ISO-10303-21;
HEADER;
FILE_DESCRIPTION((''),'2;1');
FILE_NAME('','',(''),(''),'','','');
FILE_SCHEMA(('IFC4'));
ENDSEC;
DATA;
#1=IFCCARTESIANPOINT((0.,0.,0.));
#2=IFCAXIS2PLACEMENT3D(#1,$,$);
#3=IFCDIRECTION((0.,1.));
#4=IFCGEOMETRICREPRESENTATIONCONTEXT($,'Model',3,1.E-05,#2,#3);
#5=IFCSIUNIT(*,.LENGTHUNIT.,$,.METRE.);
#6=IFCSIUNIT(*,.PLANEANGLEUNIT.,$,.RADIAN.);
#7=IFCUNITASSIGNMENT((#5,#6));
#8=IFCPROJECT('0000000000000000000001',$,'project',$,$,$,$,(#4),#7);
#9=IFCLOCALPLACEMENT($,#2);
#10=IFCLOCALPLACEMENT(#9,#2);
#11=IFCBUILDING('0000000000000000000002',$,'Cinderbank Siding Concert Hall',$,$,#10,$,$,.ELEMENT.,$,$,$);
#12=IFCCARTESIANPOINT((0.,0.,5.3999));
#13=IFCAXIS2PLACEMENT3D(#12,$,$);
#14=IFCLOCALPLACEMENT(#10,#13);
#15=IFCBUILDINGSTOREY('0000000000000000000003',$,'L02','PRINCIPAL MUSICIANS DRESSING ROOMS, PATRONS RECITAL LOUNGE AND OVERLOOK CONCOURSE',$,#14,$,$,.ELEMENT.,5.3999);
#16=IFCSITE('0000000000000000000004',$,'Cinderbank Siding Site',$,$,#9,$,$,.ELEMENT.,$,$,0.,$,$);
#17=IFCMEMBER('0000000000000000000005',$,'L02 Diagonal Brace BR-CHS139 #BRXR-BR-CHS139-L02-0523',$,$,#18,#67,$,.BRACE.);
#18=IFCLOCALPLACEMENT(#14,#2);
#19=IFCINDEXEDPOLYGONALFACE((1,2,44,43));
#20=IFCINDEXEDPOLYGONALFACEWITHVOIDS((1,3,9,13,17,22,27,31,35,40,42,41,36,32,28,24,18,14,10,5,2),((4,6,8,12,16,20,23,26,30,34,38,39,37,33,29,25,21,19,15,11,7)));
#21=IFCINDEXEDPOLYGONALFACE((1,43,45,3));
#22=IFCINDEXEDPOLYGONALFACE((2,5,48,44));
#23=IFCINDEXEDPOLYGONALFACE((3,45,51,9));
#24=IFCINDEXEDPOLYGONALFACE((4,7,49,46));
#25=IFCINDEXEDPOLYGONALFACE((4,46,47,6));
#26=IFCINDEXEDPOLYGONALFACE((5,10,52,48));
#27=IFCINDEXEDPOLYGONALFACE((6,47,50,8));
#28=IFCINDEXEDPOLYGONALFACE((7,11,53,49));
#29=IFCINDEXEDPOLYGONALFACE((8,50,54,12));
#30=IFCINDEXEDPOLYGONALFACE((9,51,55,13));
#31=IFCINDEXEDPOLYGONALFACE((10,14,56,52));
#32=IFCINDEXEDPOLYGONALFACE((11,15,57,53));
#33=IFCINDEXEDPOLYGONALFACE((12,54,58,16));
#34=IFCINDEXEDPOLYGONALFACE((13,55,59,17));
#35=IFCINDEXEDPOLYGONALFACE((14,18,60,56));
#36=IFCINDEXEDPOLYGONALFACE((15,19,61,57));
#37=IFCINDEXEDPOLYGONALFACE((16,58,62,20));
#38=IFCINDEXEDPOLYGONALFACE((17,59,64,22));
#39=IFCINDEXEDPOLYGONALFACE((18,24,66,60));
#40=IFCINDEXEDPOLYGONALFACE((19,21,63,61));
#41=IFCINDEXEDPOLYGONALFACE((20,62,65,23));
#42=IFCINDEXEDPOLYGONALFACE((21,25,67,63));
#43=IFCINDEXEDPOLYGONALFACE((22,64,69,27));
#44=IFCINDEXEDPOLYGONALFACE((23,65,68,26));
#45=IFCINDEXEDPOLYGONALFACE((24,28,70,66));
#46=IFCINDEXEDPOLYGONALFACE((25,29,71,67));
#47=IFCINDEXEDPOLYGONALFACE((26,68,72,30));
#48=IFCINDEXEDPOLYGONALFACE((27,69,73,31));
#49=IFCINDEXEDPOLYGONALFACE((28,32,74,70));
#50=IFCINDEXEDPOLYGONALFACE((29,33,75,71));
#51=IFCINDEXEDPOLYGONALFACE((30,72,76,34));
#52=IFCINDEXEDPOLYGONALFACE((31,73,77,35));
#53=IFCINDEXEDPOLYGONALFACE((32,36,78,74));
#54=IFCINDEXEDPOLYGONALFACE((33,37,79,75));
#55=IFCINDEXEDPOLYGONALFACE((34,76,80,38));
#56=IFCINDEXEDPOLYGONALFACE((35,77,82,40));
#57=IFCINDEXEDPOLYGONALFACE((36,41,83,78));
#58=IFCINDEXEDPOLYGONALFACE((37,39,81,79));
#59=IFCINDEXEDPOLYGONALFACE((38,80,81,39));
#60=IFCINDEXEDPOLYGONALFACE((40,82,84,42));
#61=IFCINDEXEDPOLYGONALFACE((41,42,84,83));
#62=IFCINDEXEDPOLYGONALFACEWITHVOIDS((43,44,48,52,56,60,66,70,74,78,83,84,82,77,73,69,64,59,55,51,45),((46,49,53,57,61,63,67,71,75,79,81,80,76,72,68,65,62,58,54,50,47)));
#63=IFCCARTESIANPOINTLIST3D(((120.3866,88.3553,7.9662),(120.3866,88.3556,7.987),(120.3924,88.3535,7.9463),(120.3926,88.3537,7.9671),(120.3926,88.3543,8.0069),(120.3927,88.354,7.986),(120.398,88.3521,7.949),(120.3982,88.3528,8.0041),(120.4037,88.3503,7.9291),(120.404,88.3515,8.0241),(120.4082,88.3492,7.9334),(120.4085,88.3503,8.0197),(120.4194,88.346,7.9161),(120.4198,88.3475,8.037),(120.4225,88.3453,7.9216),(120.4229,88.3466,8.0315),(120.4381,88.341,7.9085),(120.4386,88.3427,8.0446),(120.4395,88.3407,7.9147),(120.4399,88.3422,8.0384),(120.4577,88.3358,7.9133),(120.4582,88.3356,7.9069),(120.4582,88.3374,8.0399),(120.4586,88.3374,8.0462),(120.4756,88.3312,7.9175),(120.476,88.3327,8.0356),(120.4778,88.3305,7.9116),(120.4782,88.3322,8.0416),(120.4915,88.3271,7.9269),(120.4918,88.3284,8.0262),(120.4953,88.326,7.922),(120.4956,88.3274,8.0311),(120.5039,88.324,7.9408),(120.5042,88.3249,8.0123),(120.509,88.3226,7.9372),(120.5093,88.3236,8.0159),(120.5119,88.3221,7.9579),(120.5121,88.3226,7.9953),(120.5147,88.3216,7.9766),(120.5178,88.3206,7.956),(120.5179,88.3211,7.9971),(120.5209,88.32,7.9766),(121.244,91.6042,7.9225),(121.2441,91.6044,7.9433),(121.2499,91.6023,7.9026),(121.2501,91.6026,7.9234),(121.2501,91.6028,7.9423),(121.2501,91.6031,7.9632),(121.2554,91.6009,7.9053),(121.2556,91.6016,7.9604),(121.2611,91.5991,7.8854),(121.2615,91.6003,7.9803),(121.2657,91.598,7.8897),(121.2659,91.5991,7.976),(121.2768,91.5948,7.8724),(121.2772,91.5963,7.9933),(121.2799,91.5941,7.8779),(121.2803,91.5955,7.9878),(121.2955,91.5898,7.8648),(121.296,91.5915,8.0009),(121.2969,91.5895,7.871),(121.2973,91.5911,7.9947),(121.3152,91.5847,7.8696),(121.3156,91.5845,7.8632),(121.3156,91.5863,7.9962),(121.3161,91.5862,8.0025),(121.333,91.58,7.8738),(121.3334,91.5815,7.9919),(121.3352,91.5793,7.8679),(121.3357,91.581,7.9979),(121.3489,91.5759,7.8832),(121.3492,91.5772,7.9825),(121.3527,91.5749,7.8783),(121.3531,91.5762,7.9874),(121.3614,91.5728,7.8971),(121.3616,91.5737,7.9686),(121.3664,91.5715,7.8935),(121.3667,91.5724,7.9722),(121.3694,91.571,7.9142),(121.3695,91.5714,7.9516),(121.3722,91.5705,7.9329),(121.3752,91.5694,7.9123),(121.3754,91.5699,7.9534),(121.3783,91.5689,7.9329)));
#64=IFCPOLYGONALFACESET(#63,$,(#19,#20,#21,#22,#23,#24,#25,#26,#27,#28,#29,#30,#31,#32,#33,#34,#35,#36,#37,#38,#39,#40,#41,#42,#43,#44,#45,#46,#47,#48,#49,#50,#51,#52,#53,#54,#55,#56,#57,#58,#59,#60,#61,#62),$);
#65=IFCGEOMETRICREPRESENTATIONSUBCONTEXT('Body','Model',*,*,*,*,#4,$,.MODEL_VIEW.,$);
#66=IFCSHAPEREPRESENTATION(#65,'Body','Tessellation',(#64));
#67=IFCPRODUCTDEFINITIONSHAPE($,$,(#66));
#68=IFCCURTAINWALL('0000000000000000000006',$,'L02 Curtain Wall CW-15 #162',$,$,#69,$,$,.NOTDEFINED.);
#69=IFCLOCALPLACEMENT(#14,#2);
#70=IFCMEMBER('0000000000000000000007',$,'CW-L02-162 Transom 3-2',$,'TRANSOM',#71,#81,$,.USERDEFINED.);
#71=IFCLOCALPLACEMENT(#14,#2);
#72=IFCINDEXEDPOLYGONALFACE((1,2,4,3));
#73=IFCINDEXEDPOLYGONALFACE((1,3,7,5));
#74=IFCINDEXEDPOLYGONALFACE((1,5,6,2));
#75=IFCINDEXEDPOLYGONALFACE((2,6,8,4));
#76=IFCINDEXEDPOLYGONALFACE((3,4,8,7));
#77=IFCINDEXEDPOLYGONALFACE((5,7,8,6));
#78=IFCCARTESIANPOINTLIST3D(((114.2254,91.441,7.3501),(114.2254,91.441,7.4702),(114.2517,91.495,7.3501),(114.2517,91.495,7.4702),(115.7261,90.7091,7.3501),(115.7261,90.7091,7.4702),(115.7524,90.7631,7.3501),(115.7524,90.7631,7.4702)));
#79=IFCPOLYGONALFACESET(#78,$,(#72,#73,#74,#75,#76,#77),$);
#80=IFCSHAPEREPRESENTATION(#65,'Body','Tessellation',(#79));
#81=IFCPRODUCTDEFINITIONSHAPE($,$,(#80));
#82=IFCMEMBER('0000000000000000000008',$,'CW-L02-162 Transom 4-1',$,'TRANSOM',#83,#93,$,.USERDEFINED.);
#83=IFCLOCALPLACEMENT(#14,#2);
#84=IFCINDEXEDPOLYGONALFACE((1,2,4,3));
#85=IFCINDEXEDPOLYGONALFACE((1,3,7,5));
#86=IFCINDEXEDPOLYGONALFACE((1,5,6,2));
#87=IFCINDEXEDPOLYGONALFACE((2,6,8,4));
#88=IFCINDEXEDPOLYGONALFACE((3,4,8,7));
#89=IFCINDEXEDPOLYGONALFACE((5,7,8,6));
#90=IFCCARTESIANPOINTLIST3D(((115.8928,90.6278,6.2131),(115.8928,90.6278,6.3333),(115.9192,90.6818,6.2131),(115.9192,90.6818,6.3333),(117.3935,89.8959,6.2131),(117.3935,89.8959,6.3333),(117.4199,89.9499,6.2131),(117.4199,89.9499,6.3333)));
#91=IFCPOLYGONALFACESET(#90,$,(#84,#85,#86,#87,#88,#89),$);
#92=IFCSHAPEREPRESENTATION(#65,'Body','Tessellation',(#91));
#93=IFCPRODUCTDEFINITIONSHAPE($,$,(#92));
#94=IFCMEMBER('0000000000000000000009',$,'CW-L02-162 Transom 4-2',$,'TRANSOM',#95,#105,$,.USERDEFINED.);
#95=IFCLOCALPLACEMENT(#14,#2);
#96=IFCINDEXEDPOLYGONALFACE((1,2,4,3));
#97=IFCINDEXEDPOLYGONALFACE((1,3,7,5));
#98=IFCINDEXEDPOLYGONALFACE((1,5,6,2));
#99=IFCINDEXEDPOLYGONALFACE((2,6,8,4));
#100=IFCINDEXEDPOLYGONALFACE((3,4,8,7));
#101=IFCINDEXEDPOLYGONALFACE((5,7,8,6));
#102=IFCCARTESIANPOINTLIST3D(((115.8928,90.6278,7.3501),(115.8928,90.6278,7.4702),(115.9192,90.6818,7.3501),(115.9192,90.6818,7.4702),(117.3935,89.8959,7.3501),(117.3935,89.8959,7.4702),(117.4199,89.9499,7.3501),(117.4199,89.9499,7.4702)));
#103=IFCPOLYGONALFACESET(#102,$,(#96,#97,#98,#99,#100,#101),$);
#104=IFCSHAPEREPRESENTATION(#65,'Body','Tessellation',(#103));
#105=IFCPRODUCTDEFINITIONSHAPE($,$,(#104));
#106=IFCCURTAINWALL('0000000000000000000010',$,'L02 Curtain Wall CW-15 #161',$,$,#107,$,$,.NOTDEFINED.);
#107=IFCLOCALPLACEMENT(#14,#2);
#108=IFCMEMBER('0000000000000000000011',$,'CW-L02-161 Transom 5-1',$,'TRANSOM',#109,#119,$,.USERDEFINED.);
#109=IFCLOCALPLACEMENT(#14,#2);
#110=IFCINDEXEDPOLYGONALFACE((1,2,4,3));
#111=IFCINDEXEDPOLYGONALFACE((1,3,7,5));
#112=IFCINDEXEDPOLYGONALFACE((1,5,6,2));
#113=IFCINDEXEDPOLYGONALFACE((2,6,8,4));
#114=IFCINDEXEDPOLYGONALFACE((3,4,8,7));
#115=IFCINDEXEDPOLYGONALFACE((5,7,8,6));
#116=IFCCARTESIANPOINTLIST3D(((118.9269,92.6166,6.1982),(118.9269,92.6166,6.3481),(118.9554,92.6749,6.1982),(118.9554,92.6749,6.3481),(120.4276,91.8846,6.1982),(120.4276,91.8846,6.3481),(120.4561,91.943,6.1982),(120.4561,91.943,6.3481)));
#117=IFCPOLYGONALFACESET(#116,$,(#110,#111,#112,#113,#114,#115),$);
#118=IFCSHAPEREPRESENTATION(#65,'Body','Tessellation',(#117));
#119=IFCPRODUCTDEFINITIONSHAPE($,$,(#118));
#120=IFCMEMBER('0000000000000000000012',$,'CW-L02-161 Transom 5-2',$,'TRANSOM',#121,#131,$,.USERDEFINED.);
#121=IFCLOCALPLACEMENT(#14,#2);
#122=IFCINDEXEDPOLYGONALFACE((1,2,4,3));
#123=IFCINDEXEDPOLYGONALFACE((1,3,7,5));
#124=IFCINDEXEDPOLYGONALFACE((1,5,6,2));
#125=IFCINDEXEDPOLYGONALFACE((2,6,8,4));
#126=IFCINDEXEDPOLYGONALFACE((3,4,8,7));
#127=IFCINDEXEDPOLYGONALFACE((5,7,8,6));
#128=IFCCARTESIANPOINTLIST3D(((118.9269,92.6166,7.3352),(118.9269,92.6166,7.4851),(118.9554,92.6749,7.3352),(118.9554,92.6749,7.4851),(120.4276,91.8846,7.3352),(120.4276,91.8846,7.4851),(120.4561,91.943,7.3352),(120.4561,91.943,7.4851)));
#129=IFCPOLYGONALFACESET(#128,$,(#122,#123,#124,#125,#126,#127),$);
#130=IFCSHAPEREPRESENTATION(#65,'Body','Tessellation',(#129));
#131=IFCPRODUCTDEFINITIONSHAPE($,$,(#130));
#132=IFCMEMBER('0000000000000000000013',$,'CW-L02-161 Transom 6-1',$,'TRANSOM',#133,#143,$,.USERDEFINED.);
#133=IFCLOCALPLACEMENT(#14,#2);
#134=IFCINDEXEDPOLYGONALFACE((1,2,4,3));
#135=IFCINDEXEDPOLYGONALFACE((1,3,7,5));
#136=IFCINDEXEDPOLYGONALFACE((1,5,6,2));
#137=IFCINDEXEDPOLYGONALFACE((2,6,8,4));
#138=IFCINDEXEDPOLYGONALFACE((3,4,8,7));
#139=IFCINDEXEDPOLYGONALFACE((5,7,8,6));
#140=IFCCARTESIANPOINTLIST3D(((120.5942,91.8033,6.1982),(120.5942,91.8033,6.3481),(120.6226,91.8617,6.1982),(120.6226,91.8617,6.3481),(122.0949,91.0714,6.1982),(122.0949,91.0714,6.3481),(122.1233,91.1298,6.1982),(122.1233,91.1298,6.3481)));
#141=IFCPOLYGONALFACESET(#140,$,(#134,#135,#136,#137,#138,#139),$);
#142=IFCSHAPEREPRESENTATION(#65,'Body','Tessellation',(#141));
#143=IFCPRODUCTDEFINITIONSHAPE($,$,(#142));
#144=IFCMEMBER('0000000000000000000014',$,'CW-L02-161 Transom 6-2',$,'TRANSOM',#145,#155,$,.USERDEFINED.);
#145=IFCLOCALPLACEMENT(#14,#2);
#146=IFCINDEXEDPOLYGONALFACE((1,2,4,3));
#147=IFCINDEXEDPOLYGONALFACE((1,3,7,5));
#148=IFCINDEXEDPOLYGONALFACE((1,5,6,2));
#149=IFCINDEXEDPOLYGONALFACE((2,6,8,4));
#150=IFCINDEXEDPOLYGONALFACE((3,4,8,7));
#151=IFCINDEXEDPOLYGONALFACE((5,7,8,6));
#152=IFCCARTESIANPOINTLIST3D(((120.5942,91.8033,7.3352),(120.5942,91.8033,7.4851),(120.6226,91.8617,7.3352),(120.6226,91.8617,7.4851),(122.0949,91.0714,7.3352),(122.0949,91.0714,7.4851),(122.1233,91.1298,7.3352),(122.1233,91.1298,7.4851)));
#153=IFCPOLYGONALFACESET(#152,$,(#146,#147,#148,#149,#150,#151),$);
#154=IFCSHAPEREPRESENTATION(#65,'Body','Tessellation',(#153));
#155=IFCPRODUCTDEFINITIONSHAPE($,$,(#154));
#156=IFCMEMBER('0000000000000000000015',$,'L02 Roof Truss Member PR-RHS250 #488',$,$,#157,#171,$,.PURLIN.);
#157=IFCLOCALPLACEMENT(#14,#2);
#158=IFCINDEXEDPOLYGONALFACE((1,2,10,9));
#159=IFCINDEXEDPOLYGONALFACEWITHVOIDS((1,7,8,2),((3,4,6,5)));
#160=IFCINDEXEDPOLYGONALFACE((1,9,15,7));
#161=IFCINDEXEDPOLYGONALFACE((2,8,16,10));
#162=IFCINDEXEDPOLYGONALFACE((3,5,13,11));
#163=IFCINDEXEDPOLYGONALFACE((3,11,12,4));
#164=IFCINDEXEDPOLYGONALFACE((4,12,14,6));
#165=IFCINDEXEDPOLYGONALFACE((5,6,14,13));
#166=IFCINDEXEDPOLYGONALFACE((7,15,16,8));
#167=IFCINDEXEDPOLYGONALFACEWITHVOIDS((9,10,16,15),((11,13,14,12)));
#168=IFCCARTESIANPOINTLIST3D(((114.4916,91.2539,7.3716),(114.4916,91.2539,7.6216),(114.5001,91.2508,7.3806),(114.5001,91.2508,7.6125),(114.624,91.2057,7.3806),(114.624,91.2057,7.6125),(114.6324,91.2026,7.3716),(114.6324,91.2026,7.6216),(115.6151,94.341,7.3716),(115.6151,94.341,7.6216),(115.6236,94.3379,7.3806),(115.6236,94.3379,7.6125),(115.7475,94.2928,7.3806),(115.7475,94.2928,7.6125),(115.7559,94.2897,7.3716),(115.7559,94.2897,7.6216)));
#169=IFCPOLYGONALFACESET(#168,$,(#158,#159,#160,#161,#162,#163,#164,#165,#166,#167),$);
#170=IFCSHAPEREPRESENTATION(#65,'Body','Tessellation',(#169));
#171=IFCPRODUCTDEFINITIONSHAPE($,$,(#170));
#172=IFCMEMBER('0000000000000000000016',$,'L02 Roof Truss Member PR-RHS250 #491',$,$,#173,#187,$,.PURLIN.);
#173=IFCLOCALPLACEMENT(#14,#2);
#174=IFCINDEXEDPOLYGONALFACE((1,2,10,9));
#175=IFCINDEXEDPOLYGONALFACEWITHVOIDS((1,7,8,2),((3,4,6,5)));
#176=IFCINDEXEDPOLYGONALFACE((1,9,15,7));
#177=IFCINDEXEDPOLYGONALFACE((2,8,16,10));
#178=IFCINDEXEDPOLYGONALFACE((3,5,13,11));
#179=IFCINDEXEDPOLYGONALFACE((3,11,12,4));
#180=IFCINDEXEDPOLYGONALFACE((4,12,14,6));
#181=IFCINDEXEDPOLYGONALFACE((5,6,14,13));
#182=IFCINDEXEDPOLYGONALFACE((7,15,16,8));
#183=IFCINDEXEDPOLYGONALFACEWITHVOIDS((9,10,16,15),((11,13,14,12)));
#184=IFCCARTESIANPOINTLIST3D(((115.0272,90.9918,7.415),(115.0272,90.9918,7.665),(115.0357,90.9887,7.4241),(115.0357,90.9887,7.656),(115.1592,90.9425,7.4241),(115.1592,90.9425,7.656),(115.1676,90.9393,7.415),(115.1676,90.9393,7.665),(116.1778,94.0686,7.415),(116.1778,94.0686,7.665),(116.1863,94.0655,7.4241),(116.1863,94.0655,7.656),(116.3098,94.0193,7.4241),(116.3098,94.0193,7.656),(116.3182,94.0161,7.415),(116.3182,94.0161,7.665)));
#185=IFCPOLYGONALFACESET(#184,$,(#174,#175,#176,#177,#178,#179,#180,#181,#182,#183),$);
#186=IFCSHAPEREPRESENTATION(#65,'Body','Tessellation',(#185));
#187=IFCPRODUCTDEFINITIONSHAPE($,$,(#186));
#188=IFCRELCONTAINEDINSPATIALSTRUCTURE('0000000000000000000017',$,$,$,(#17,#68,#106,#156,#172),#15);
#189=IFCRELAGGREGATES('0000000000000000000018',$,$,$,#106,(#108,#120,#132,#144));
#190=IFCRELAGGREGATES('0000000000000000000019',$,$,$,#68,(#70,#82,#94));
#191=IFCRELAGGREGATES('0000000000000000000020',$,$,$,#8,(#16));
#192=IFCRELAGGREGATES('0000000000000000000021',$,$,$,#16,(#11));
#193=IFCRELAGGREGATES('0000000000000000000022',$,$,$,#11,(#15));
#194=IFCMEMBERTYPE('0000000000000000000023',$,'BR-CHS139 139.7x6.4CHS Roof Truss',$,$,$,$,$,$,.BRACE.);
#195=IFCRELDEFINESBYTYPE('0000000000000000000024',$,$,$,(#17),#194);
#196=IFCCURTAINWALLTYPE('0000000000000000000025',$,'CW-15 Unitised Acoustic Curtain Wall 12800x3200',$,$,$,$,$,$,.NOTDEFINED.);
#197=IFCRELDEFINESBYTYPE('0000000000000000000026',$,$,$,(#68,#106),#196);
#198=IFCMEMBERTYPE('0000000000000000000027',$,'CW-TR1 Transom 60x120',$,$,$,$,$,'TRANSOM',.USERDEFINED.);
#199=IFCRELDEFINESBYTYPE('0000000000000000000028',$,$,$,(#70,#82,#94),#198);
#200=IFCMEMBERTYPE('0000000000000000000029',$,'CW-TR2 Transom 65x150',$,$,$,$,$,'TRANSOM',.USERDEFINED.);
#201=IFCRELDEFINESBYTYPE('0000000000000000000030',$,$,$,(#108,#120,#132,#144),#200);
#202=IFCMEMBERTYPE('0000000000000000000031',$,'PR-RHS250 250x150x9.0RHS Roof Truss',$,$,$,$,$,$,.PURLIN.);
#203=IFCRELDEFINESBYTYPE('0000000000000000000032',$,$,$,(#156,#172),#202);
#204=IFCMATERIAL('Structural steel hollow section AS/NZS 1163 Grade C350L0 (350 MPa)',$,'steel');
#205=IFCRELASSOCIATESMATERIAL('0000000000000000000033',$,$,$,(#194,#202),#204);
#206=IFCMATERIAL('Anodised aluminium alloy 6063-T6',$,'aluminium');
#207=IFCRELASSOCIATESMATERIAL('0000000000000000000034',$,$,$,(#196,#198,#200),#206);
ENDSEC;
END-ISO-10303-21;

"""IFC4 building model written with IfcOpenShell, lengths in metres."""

from ifc_helpers import new_model, si_unit, direction, frame, origin, origin_2d, place, context, subcontext, project, spatial, rectangle, hollow_rectangle, hollow_circle, extrude, material, material_profile, profile_set, type_object, element, aggregate, save


model = new_model("IFC4")

# Units and contexts
model_context = context("Model", 3, precision=1e-05, world=origin(), true_north=direction((0.0, 1.0)))
body_context = subcontext(model_context, "Body", "Model", "MODEL_VIEW")
ifc_project = project(units=[si_unit("LENGTHUNIT", "METRE"), si_unit("PLANEANGLEUNIT", "RADIAN")], contexts=[model_context])

# Site, building, storey
site_placement = place(None, origin())
site = spatial("IfcSite", under=ifc_project, at=site_placement, Name="Cinderbank Siding Site", CompositionType="ELEMENT", RefElevation=0.0)
building_placement = place(site_placement, origin())
building = spatial("IfcBuilding", under=site, at=building_placement, Name="Cinderbank Siding Concert Hall", CompositionType="ELEMENT")
storey_placement = place(building_placement, frame((0.0, 0.0, 5.3999)))
storey = spatial("IfcBuildingStorey", under=building, at=storey_placement, Name="L02", Description="PRINCIPAL MUSICIANS DRESSING ROOMS, PATRONS RECITAL LOUNGE AND OVERLOOK CONCOURSE", CompositionType="ELEMENT", Elevation=5.3999)

# Member
ifc_material_1 = material(Name="Structural steel hollow section AS/NZS 1163 Grade C350L0 (350 MPa)", Category="steel")
ifc_material_profile_1 = material_profile(ifc_material_1, hollow_circle(Radius=0.0698, WallThickness=0.0063, at=origin_2d()), Name="139.7x6.4CHS", Category="LoadBearing")
ifc_profile_set_1 = profile_set([ifc_material_profile_1], Name="Structural steel hollow section AS/NZS 1163 Grade C350L0 (350 MPa)")
member_type_1 = type_object("IfcMemberType", Name="BR-CHS139 139.7x6.4CHS Roof Truss", PredefinedType="BRACE", material=ifc_profile_set_1)
member_1_placement = place(storey_placement, frame((121.3108, 91.5867, 7.9329), z_axis=(-0.255162, -0.966811, 0.013005), x_axis=(0.966893, -0.255184, 0.0)))
element("IfcMember", 1, at=member_1_placement, inside=storey, type_object=member_type_1, Name="L02 Diagonal Brace BR-CHS139 #BRXR-BR-CHS139-L02-0523", PredefinedType="BRACE", context=body_context, shape_type="SweptSolid", body=[
    extrude(hollow_circle(Radius=0.0698, WallThickness=0.0063, at=origin_2d()), origin(), (0.0, 0.0, 1.0), 3.3604),
])

# Curtain walls, members
ifc_material_2 = material(Name="Anodised aluminium alloy 6063-T6", Category="aluminium")
curtain_wall_type = type_object("IfcCurtainWallType", Name="CW-15 Unitised Acoustic Curtain Wall 12800x3200", PredefinedType="NOTDEFINED", material=ifc_material_2)
curtain_wall_1_placement = place(storey_placement, origin())
curtain_wall_1 = element("IfcCurtainWall", 2, at=curtain_wall_1_placement, inside=storey, type_object=curtain_wall_type, Name="L02 Curtain Wall CW-15 #162", PredefinedType="NOTDEFINED")
ifc_material_profile_2 = material_profile(ifc_material_2, rectangle(XDim=0.0601, YDim=0.1201, at=origin_2d()), Name="ALU-TRAN-60x120", Category="LoadBearing")
ifc_profile_set_2 = profile_set([ifc_material_profile_2], Name="Anodised aluminium alloy 6063-T6")
member_type_2 = type_object("IfcMemberType", Name="CW-TR1 Transom 60x120", ElementType="TRANSOM", PredefinedType="USERDEFINED", material=ifc_profile_set_2)
member_2_placement = place(storey_placement, frame((114.2385, 91.468, 7.4102), z_axis=(0.898799, -0.43836, 0.0), x_axis=(0.43836, 0.898799, 0.0)))
member_2 = element("IfcMember", 3, at=member_2_placement, type_object=member_type_2, Name="CW-L02-162 Transom 3-2", ObjectType="TRANSOM", PredefinedType="USERDEFINED", context=body_context, shape_type="SweptSolid", body=[
    extrude(rectangle(XDim=0.0601, YDim=0.1201, at=origin_2d()), origin(), (0.0, 0.0, 1.0), 1.6697),
])
member_3_placement = place(storey_placement, frame((115.906, 90.6548, 6.2732), z_axis=(0.898799, -0.43836, 0.0), x_axis=(0.43836, 0.898799, 0.0)))
member_3 = element("IfcMember", 4, at=member_3_placement, type_object=member_type_2, Name="CW-L02-162 Transom 4-1", ObjectType="TRANSOM", PredefinedType="USERDEFINED", context=body_context, shape_type="SweptSolid", body=[
    extrude(rectangle(XDim=0.0601, YDim=0.1201, at=origin_2d()), origin(), (0.0, 0.0, 1.0), 1.6697),
])
member_4_placement = place(storey_placement, frame((115.906, 90.6548, 7.4102), z_axis=(0.898799, -0.43836, 0.0), x_axis=(0.43836, 0.898799, 0.0)))
member_4 = element("IfcMember", 5, at=member_4_placement, type_object=member_type_2, Name="CW-L02-162 Transom 4-2", ObjectType="TRANSOM", PredefinedType="USERDEFINED", context=body_context, shape_type="SweptSolid", body=[
    extrude(rectangle(XDim=0.0601, YDim=0.1201, at=origin_2d()), origin(), (0.0, 0.0, 1.0), 1.6697),
])
curtain_wall_2_placement = place(storey_placement, origin())
curtain_wall_2 = element("IfcCurtainWall", 6, at=curtain_wall_2_placement, inside=storey, type_object=curtain_wall_type, Name="L02 Curtain Wall CW-15 #161", PredefinedType="NOTDEFINED")
ifc_material_profile_3 = material_profile(ifc_material_2, rectangle(XDim=0.0649, YDim=0.1499, at=origin_2d()), Name="ALU-TRAN-65x150", Category="LoadBearing")
ifc_profile_set_3 = profile_set([ifc_material_profile_3], Name="Anodised aluminium alloy 6063-T6")
member_type_3 = type_object("IfcMemberType", Name="CW-TR2 Transom 65x150", ElementType="TRANSOM", PredefinedType="USERDEFINED", material=ifc_profile_set_3)
member_5_placement = place(storey_placement, frame((118.9412, 92.6458, 6.2732), z_axis=(0.898799, -0.43836, 0.0), x_axis=(0.43836, 0.898799, 0.0)))
member_5 = element("IfcMember", 7, at=member_5_placement, type_object=member_type_3, Name="CW-L02-161 Transom 5-1", ObjectType="TRANSOM", PredefinedType="USERDEFINED", context=body_context, shape_type="SweptSolid", body=[
    extrude(rectangle(XDim=0.0649, YDim=0.1499, at=origin_2d()), origin(), (0.0, 0.0, 1.0), 1.6697),
])
member_6_placement = place(storey_placement, frame((118.9412, 92.6458, 7.4102), z_axis=(0.898799, -0.43836, 0.0), x_axis=(0.43836, 0.898799, 0.0)))
member_6 = element("IfcMember", 8, at=member_6_placement, type_object=member_type_3, Name="CW-L02-161 Transom 5-2", ObjectType="TRANSOM", PredefinedType="USERDEFINED", context=body_context, shape_type="SweptSolid", body=[
    extrude(rectangle(XDim=0.0649, YDim=0.1499, at=origin_2d()), origin(), (0.0, 0.0, 1.0), 1.6697),
])
member_7_placement = place(storey_placement, frame((120.6084, 91.8325, 6.2732), z_axis=(0.898799, -0.43836, 0.0), x_axis=(0.43836, 0.898799, 0.0)))
member_7 = element("IfcMember", 9, at=member_7_placement, type_object=member_type_3, Name="CW-L02-161 Transom 6-1", ObjectType="TRANSOM", PredefinedType="USERDEFINED", context=body_context, shape_type="SweptSolid", body=[
    extrude(rectangle(XDim=0.0649, YDim=0.1499, at=origin_2d()), origin(), (0.0, 0.0, 1.0), 1.6697),
])
member_8_placement = place(storey_placement, frame((120.6084, 91.8325, 7.4102), z_axis=(0.898799, -0.43836, 0.0), x_axis=(0.43836, 0.898799, 0.0)))
member_8 = element("IfcMember", 10, at=member_8_placement, type_object=member_type_3, Name="CW-L02-161 Transom 6-2", ObjectType="TRANSOM", PredefinedType="USERDEFINED", context=body_context, shape_type="SweptSolid", body=[
    extrude(rectangle(XDim=0.0649, YDim=0.1499, at=origin_2d()), origin(), (0.0, 0.0, 1.0), 1.6697),
])

# Members
ifc_material_profile_4 = material_profile(ifc_material_1, hollow_rectangle(XDim=0.1499, YDim=0.25, WallThickness=0.009, at=origin_2d()), Name="250x150x9.0RHS", Category="LoadBearing")
ifc_profile_set_4 = profile_set([ifc_material_profile_4], Name="Structural steel hollow section AS/NZS 1163 Grade C350L0 (350 MPa)")
member_type_4 = type_object("IfcMemberType", Name="PR-RHS250 250x150x9.0RHS Roof Truss", PredefinedType="PURLIN", material=ifc_profile_set_4)
member_9_placement = place(storey_placement, frame((114.562, 91.2283, 7.4966), z_axis=(0.341994, 0.939702, 0.0), x_axis=(-0.939702, 0.341994, 0.0)))
element("IfcMember", 11, at=member_9_placement, inside=storey, type_object=member_type_4, Name="L02 Roof Truss Member PR-RHS250 #488", PredefinedType="PURLIN", context=body_context, shape_type="SweptSolid", body=[
    extrude(hollow_rectangle(XDim=0.1499, YDim=0.25, WallThickness=0.009, at=origin_2d()), origin(), (0.0, 0.0, 1.0), 3.2852),
])
member_10_placement = place(storey_placement, frame((115.0974, 90.9656, 7.54), z_axis=(0.350268, 0.936649, 0.0), x_axis=(-0.936649, 0.350268, 0.0)))
element("IfcMember", 12, at=member_10_placement, inside=storey, type_object=member_type_4, Name="L02 Roof Truss Member PR-RHS250 #491", PredefinedType="PURLIN", context=body_context, shape_type="SweptSolid", body=[
    extrude(hollow_rectangle(XDim=0.1499, YDim=0.25, WallThickness=0.009, at=origin_2d()), origin(), (0.0, 0.0, 1.0), 3.2849),
])

aggregate(curtain_wall_2, [member_5, member_6, member_7, member_8])
aggregate(curtain_wall_1, [member_2, member_3, member_4])

save(model, "model.ifc")
